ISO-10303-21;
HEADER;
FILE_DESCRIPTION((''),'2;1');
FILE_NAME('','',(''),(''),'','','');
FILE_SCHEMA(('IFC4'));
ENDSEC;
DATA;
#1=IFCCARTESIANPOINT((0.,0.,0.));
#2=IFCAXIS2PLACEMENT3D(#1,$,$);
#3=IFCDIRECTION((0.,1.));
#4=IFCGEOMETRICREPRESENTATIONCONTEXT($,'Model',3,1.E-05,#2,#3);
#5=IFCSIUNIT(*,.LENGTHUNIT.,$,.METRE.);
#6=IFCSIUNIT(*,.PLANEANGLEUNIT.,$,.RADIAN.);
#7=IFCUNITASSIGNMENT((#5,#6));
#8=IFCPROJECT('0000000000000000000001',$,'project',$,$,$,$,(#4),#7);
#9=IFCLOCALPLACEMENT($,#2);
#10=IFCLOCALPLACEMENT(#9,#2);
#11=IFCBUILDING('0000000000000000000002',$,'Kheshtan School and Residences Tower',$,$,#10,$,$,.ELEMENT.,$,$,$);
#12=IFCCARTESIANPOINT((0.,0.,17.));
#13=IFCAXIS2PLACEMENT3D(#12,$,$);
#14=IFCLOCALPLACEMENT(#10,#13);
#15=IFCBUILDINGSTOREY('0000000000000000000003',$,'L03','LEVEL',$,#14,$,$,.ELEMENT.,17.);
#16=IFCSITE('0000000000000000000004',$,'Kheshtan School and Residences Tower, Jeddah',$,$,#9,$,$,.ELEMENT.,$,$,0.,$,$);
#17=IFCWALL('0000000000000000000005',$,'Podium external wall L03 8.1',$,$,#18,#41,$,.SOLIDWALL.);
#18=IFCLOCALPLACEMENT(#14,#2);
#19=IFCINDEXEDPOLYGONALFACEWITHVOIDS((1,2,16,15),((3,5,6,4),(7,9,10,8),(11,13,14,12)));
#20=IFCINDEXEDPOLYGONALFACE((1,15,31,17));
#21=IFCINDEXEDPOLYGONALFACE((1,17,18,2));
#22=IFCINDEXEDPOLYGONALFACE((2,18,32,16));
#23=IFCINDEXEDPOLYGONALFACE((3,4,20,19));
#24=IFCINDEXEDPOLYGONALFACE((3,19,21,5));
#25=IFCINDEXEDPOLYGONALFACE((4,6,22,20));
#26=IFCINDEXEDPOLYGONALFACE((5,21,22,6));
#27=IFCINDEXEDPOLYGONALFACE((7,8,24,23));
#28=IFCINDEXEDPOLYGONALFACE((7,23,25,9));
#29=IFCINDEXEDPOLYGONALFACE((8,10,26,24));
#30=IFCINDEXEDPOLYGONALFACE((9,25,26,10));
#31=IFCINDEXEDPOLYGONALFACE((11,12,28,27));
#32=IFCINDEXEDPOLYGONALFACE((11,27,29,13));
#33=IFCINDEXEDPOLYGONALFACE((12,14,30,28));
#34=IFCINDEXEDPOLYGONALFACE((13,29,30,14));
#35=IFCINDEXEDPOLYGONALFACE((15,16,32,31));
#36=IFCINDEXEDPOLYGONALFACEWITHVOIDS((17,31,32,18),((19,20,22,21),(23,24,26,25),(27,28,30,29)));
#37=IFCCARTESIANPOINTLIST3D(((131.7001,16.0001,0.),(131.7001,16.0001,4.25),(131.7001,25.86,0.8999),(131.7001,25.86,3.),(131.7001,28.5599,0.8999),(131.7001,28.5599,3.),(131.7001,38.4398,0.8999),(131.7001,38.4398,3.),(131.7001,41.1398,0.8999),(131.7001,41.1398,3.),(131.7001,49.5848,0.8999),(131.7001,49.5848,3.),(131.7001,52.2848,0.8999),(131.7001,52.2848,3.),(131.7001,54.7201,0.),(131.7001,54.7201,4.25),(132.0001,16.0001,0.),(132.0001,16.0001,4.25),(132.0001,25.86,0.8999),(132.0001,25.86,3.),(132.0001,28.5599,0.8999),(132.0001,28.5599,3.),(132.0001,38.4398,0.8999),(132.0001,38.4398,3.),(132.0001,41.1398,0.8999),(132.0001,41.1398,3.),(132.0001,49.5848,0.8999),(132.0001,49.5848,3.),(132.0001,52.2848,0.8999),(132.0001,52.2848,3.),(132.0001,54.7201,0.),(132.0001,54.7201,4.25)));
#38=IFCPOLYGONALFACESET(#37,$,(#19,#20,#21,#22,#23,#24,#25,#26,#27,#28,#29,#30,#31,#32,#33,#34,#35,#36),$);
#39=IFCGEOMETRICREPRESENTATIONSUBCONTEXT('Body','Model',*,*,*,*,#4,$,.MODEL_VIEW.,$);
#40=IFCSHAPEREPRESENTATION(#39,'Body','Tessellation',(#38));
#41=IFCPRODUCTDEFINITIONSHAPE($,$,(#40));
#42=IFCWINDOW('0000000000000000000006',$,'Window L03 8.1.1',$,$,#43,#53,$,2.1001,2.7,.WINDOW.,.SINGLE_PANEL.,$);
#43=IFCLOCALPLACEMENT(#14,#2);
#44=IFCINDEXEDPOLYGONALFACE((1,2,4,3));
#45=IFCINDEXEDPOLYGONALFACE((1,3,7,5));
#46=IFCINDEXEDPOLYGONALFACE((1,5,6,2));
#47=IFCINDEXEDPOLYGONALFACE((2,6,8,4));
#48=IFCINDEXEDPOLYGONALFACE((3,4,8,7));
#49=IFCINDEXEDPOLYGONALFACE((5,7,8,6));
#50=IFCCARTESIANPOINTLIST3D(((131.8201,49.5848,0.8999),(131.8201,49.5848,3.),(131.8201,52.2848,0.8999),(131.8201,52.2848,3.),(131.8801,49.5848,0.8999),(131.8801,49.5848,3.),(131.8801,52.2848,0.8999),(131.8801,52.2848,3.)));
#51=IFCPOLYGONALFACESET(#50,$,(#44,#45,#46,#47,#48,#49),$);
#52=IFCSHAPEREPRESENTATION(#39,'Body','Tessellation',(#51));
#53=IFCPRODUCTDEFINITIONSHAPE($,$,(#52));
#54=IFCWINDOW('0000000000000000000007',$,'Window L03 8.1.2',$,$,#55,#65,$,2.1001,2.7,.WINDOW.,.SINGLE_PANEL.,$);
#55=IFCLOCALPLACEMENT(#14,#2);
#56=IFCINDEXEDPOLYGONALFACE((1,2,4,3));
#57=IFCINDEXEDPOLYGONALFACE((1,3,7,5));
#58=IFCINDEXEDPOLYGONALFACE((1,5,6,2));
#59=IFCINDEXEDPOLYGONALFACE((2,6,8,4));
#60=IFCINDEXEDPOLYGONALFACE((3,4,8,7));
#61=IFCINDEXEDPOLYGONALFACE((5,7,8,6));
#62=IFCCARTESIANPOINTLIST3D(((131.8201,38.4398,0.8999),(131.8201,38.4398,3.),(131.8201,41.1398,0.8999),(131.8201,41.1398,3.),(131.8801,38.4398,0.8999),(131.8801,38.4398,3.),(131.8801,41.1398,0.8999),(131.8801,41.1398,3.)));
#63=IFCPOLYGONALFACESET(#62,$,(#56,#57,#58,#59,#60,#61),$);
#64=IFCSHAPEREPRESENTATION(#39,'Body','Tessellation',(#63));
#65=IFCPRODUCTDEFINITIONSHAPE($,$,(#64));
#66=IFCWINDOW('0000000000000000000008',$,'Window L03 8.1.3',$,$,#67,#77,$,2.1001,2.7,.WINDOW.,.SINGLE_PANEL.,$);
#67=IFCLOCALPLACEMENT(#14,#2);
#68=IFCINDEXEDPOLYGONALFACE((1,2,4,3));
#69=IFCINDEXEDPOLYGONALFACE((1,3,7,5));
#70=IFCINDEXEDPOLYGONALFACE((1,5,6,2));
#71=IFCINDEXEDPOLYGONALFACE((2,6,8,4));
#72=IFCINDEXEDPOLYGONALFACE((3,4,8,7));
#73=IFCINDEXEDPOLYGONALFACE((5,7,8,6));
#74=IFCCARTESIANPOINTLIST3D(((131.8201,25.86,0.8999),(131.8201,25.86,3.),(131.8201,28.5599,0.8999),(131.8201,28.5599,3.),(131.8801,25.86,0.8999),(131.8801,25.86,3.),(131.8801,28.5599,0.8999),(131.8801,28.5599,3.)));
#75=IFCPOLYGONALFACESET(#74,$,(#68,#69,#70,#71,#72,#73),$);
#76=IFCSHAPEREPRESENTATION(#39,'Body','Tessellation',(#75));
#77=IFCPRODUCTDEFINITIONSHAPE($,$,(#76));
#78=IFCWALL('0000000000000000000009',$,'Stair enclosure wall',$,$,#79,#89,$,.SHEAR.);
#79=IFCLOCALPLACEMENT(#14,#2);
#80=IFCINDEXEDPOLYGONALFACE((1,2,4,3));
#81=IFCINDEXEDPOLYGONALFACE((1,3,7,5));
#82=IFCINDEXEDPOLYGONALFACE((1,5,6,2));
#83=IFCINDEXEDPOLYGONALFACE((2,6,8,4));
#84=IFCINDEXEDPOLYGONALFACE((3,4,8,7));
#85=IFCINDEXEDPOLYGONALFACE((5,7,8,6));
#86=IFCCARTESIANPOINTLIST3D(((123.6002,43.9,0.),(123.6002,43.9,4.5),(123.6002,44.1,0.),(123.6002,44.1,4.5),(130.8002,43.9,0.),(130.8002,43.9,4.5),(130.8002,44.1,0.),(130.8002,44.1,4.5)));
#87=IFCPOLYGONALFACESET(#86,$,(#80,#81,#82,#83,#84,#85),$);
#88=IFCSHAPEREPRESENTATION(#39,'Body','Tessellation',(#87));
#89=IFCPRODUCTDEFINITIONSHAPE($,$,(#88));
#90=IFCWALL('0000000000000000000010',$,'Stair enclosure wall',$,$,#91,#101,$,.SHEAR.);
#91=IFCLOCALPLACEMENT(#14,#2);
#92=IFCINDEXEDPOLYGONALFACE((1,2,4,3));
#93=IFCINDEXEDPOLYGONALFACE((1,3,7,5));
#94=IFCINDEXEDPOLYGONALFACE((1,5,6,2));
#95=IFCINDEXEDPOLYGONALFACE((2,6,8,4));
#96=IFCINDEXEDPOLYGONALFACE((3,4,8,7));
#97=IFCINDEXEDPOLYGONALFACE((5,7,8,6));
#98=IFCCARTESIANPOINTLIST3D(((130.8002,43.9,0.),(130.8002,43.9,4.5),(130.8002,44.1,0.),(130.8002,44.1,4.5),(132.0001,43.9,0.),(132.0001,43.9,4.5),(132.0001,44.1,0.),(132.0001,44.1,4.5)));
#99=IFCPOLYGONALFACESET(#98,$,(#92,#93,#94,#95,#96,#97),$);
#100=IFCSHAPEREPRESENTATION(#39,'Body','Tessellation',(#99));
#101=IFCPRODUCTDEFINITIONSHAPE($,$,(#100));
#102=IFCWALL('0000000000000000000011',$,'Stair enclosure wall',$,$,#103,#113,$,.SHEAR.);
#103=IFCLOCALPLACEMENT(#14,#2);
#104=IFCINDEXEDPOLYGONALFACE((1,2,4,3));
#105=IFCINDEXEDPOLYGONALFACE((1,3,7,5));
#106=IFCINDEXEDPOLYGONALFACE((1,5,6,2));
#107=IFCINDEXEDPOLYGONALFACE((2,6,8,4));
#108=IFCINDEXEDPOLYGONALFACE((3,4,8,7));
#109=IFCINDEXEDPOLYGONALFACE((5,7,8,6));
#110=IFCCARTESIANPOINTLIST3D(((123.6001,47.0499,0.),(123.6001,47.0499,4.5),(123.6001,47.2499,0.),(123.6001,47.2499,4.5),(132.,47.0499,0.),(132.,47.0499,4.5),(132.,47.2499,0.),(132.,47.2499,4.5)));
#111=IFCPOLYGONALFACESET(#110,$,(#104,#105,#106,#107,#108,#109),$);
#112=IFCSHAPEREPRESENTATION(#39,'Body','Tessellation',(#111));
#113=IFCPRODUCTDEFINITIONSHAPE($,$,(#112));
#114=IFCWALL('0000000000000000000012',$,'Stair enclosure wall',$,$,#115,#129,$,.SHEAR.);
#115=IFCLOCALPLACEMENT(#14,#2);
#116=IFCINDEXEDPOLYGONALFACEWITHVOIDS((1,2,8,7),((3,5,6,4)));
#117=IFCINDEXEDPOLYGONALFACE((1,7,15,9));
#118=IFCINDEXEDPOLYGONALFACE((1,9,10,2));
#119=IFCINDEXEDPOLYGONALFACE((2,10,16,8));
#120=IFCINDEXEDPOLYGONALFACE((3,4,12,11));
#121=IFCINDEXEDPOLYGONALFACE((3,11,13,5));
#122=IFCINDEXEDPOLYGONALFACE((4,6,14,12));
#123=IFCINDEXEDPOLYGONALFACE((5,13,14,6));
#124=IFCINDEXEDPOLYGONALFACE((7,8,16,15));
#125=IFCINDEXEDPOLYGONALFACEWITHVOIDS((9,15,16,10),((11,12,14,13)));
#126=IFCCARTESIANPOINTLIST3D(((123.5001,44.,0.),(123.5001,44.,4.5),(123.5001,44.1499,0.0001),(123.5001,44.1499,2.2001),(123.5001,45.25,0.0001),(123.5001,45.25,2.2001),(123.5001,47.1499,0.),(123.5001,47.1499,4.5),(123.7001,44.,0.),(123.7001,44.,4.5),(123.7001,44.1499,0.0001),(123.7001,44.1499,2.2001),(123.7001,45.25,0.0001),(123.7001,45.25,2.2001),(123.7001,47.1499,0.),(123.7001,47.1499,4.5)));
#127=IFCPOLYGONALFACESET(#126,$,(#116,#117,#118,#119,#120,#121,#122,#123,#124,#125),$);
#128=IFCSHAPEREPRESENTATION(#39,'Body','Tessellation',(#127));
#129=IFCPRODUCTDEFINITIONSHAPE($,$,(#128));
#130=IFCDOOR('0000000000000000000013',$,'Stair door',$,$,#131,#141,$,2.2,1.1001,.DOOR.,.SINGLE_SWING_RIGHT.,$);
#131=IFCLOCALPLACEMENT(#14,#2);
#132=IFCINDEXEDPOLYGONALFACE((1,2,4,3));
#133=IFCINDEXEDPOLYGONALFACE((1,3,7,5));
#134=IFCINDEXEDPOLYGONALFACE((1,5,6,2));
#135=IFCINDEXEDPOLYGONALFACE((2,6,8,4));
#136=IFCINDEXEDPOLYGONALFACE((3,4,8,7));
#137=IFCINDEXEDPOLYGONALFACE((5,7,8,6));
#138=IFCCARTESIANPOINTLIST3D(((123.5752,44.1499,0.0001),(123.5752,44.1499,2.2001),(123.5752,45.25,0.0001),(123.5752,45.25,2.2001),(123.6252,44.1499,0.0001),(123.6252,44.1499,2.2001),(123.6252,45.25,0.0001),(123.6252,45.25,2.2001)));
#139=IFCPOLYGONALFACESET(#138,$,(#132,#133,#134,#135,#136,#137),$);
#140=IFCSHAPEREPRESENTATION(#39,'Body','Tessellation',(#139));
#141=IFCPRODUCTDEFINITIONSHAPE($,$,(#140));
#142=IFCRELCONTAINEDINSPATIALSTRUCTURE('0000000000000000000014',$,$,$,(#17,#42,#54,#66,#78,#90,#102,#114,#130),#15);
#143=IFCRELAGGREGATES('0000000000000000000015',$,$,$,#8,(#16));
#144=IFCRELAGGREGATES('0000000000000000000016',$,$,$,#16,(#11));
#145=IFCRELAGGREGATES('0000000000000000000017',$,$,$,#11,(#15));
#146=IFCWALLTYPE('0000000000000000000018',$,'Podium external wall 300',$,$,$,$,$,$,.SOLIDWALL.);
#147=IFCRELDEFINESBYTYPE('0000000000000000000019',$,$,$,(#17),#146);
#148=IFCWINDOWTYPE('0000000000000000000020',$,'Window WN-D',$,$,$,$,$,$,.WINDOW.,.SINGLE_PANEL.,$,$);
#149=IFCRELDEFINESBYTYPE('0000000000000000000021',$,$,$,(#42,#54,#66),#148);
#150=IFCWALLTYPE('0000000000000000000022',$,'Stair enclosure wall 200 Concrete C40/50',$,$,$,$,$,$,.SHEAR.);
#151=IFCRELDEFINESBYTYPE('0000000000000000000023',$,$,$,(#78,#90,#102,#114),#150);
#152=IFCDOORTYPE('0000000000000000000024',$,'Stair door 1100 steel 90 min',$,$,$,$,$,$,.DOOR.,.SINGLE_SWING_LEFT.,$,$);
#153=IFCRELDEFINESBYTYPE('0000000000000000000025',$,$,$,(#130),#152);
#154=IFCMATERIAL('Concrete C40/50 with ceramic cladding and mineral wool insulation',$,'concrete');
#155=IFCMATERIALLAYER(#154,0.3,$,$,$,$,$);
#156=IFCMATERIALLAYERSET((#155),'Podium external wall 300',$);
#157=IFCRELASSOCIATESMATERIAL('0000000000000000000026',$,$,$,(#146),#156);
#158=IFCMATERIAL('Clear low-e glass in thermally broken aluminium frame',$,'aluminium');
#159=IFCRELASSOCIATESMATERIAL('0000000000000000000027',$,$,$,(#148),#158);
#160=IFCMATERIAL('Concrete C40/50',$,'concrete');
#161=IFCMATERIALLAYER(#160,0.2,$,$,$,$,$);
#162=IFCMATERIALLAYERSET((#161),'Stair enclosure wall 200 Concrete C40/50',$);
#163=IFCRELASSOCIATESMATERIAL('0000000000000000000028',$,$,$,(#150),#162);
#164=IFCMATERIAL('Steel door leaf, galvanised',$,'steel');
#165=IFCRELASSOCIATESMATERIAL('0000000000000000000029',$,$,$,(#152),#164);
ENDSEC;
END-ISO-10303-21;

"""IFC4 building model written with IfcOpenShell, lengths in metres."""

from ifc_helpers import new_model, si_unit, direction, frame, frame_2d, origin, place, context, subcontext, project, spatial, rectangle, extrude, source, transform, mapped, material, layer, layer_set, type_object, element, fill, save


model = new_model("IFC4")

# Units and contexts
model_context = context("Model", 3, precision=1e-05, world=origin(), true_north=direction((0.0, 1.0)))
body_context = subcontext(model_context, "Body", "Model", "MODEL_VIEW")
ifc_project = project(units=[si_unit("LENGTHUNIT", "METRE"), si_unit("PLANEANGLEUNIT", "RADIAN")], contexts=[model_context])

# Site, building, storey
site_placement = place(None, origin())
site = spatial("IfcSite", under=ifc_project, at=site_placement, Name="Kheshtan School and Residences Tower, Jeddah", CompositionType="ELEMENT", RefElevation=0.0)
building_placement = place(site_placement, origin())
building = spatial("IfcBuilding", under=site, at=building_placement, Name="Kheshtan School and Residences Tower", CompositionType="ELEMENT")
storey_placement = place(building_placement, frame((0.0, 0.0, 17.0)))
storey = spatial("IfcBuildingStorey", under=building, at=storey_placement, Name="L03", Description="LEVEL", CompositionType="ELEMENT", Elevation=17.0)

# Wall, openings, windows
ifc_material_1 = material(Name="Concrete C40/50 with ceramic cladding and mineral wool insulation", Category="concrete")
ifc_layer_1 = layer(ifc_material_1, 0.3)
ifc_layer_set_1 = layer_set([ifc_layer_1], Name="Podium external wall 300")
wall_type_1 = type_object("IfcWallType", Name="Podium external wall 300", PredefinedType="SOLIDWALL", material=ifc_layer_set_1)
wall_1_placement = place(storey_placement, frame((131.8501, 54.72, 0.0), z_axis=(0.0, 0.0, 1.0), x_axis=(0.0, -1.0, 0.0)))
wall_1 = element("IfcWall", 1, at=wall_1_placement, inside=storey, type_object=wall_type_1, Name="Podium external wall L03 8.1", PredefinedType="SOLIDWALL", context=body_context, shape_type="SweptSolid", body=[
    extrude(rectangle(XDim=38.72, YDim=0.3, at=frame_2d((19.3599, 0.0))), origin(), (0.0, 0.0, 1.0), 4.25),
])
opening_1_placement = place(wall_1_placement, frame((2.4351, 0.0, 0.8999)))
opening_1 = element("IfcOpeningElement", 2, at=opening_1_placement, cuts=wall_1, PredefinedType="OPENING", context=body_context, shape_type="SweptSolid", body=[
    extrude(rectangle(XDim=2.7, YDim=2.1001, at=frame_2d((1.3501, 1.05))), frame((0.0, 0.1602, 0.0), z_axis=(0.0, -1.0, 0.0), x_axis=(1.0, 0.0, 0.0)), (0.0, 0.0, 1.0), 0.3201),
])
opening_2_placement = place(wall_1_placement, frame((13.5801, 0.0, 0.8999)))
opening_2 = element("IfcOpeningElement", 3, at=opening_2_placement, cuts=wall_1, PredefinedType="OPENING", context=body_context, shape_type="SweptSolid", body=[
    extrude(rectangle(XDim=2.7, YDim=2.1001, at=frame_2d((1.3501, 1.05))), frame((0.0, 0.1602, 0.0), z_axis=(0.0, -1.0, 0.0), x_axis=(1.0, 0.0, 0.0)), (0.0, 0.0, 1.0), 0.3201),
])
opening_3_placement = place(wall_1_placement, frame((26.1599, 0.0, 0.8999)))
opening_3 = element("IfcOpeningElement", 4, at=opening_3_placement, cuts=wall_1, PredefinedType="OPENING", context=body_context, shape_type="SweptSolid", body=[
    extrude(rectangle(XDim=2.7, YDim=2.1001, at=frame_2d((1.3501, 1.05))), frame((0.0, 0.1602, 0.0), z_axis=(0.0, -1.0, 0.0), x_axis=(1.0, 0.0, 0.0)), (0.0, 0.0, 1.0), 0.3201),
])
ifc_material_2 = material(Name="Clear low-e glass in thermally broken aluminium frame", Category="aluminium")
window_type = type_object("IfcWindowType", Name="Window WN-D", PartitioningType="SINGLE_PANEL", PredefinedType="WINDOW", material=ifc_material_2)
shared_shape_1 = source(origin(), body_context, "Body", "SweptSolid", [
    extrude(rectangle(XDim=2.7, YDim=2.1001, at=frame_2d((1.3501, 1.05))), frame((0.0, 0.03, 0.0), z_axis=(0.0, -1.0, 0.0), x_axis=(1.0, 0.0, 0.0)), (0.0, 0.0, 1.0), 0.0601),
])
window_1_placement = place(opening_1_placement, origin())
window_1 = element("IfcWindow", 5, at=window_1_placement, inside=storey, type_object=window_type, Name="Window L03 8.1.1", OverallHeight=2.1001, OverallWidth=2.7, PartitioningType="SINGLE_PANEL", PredefinedType="WINDOW", context=body_context, shape_type="MappedRepresentation", body=[
    mapped(shared_shape_1, transform((0.0, 0.0, 0.0), x_axis=(1.0, 0.0, 0.0), y_axis=(0.0, 1.0, 0.0), z_axis=(0.0, 0.0, 1.0), scale=1.0)),
])
fill(opening_1, window_1)
window_2_placement = place(opening_2_placement, origin())
window_2 = element("IfcWindow", 6, at=window_2_placement, inside=storey, type_object=window_type, Name="Window L03 8.1.2", OverallHeight=2.1001, OverallWidth=2.7, PartitioningType="SINGLE_PANEL", PredefinedType="WINDOW", context=body_context, shape_type="MappedRepresentation", body=[
    mapped(shared_shape_1, transform((0.0, 0.0, 0.0), x_axis=(1.0, 0.0, 0.0), y_axis=(0.0, 1.0, 0.0), z_axis=(0.0, 0.0, 1.0), scale=1.0)),
])
fill(opening_2, window_2)
window_3_placement = place(opening_3_placement, origin())
window_3 = element("IfcWindow", 7, at=window_3_placement, inside=storey, type_object=window_type, Name="Window L03 8.1.3", OverallHeight=2.1001, OverallWidth=2.7, PartitioningType="SINGLE_PANEL", PredefinedType="WINDOW", context=body_context, shape_type="MappedRepresentation", body=[
    mapped(shared_shape_1, transform((0.0, 0.0, 0.0), x_axis=(1.0, 0.0, 0.0), y_axis=(0.0, 1.0, 0.0), z_axis=(0.0, 0.0, 1.0), scale=1.0)),
])
fill(opening_3, window_3)

# Walls
ifc_material_3 = material(Name="Concrete C40/50", Category="concrete")
ifc_layer_2 = layer(ifc_material_3, 0.2)
ifc_layer_set_2 = layer_set([ifc_layer_2], Name="Stair enclosure wall 200 Concrete C40/50")
wall_type_2 = type_object("IfcWallType", Name="Stair enclosure wall 200 Concrete C40/50", PredefinedType="SHEAR", material=ifc_layer_set_2)
wall_2_placement = place(storey_placement, frame((123.6001, 44.0, 0.0), z_axis=(0.0, 0.0, 1.0), x_axis=(1.0, 0.0, 0.0)))
element("IfcWall", 8, at=wall_2_placement, inside=storey, type_object=wall_type_2, Name="Stair enclosure wall", PredefinedType="SHEAR", context=body_context, shape_type="SweptSolid", body=[
    extrude(rectangle(XDim=7.2, YDim=0.2, at=frame_2d((3.6001, 0.0))), origin(), (0.0, 0.0, 1.0), 4.5),
])
wall_3_placement = place(storey_placement, frame((130.8, 44.0, 0.0), z_axis=(0.0, 0.0, 1.0), x_axis=(1.0, 0.0, 0.0)))
element("IfcWall", 9, at=wall_3_placement, inside=storey, type_object=wall_type_2, Name="Stair enclosure wall", PredefinedType="SHEAR", context=body_context, shape_type="SweptSolid", body=[
    extrude(rectangle(XDim=1.2, YDim=0.2, at=frame_2d((0.6001, 0.0))), origin(), (0.0, 0.0, 1.0), 4.5),
])
wall_4_placement = place(storey_placement, frame((123.6001, 47.1499, 0.0), z_axis=(0.0, 0.0, 1.0), x_axis=(1.0, 0.0, 0.0)))
element("IfcWall", 10, at=wall_4_placement, inside=storey, type_object=wall_type_2, Name="Stair enclosure wall", PredefinedType="SHEAR", context=body_context, shape_type="SweptSolid", body=[
    extrude(rectangle(XDim=8.3999, YDim=0.2, at=frame_2d((4.2, 0.0))), origin(), (0.0, 0.0, 1.0), 4.5),
])

# Wall, opening, door
wall_5_placement = place(storey_placement, frame((123.6001, 44.0, 0.0), z_axis=(0.0, 0.0, 1.0), x_axis=(0.0, 1.0, 0.0)))
wall_5 = element("IfcWall", 11, at=wall_5_placement, inside=storey, type_object=wall_type_2, Name="Stair enclosure wall", PredefinedType="SHEAR", context=body_context, shape_type="SweptSolid", body=[
    extrude(rectangle(XDim=3.1499, YDim=0.2, at=frame_2d((1.575, 0.0))), origin(), (0.0, 0.0, 1.0), 4.5),
])
opening_4_placement = place(wall_5_placement, frame((0.1499, 0.0, 0.0)))
opening_4 = element("IfcOpeningElement", 12, at=opening_4_placement, cuts=wall_5, PredefinedType="OPENING", context=body_context, shape_type="SweptSolid", body=[
    extrude(rectangle(XDim=1.1001, YDim=2.2, at=frame_2d((0.55, 1.1001))), frame((0.0, 0.1099, 0.0), z_axis=(0.0, -1.0, 0.0), x_axis=(1.0, 0.0, 0.0)), (0.0, 0.0, 1.0), 0.22),
])
ifc_material_4 = material(Name="Steel door leaf, galvanised", Category="steel")
door_type_1 = type_object("IfcDoorType", Name="Stair door 1100 steel 90 min", OperationType="SINGLE_SWING_LEFT", PredefinedType="DOOR", material=ifc_material_4)
shared_shape_2 = source(origin(), body_context, "Body", "SweptSolid", [
    extrude(rectangle(XDim=1.1001, YDim=2.2, at=frame_2d((0.55, 1.1001))), frame((0.0, 0.0249, 0.0), z_axis=(0.0, -1.0, 0.0), x_axis=(1.0, 0.0, 0.0)), (0.0, 0.0, 1.0), 0.05),
])
door_1_placement = place(opening_4_placement, origin())
door_1 = element("IfcDoor", 13, at=door_1_placement, inside=storey, type_object=door_type_1, Name="Stair door", OperationType="SINGLE_SWING_RIGHT", OverallHeight=2.2, OverallWidth=1.1001, PredefinedType="DOOR", context=body_context, shape_type="MappedRepresentation", body=[
    mapped(shared_shape_2, transform((0.0, 0.0, 0.0), x_axis=(1.0, 0.0, 0.0), y_axis=(0.0, 1.0, 0.0), z_axis=(0.0, 0.0, 1.0), scale=1.0)),
])
fill(opening_4, door_1)

save(model, "model.ifc")
